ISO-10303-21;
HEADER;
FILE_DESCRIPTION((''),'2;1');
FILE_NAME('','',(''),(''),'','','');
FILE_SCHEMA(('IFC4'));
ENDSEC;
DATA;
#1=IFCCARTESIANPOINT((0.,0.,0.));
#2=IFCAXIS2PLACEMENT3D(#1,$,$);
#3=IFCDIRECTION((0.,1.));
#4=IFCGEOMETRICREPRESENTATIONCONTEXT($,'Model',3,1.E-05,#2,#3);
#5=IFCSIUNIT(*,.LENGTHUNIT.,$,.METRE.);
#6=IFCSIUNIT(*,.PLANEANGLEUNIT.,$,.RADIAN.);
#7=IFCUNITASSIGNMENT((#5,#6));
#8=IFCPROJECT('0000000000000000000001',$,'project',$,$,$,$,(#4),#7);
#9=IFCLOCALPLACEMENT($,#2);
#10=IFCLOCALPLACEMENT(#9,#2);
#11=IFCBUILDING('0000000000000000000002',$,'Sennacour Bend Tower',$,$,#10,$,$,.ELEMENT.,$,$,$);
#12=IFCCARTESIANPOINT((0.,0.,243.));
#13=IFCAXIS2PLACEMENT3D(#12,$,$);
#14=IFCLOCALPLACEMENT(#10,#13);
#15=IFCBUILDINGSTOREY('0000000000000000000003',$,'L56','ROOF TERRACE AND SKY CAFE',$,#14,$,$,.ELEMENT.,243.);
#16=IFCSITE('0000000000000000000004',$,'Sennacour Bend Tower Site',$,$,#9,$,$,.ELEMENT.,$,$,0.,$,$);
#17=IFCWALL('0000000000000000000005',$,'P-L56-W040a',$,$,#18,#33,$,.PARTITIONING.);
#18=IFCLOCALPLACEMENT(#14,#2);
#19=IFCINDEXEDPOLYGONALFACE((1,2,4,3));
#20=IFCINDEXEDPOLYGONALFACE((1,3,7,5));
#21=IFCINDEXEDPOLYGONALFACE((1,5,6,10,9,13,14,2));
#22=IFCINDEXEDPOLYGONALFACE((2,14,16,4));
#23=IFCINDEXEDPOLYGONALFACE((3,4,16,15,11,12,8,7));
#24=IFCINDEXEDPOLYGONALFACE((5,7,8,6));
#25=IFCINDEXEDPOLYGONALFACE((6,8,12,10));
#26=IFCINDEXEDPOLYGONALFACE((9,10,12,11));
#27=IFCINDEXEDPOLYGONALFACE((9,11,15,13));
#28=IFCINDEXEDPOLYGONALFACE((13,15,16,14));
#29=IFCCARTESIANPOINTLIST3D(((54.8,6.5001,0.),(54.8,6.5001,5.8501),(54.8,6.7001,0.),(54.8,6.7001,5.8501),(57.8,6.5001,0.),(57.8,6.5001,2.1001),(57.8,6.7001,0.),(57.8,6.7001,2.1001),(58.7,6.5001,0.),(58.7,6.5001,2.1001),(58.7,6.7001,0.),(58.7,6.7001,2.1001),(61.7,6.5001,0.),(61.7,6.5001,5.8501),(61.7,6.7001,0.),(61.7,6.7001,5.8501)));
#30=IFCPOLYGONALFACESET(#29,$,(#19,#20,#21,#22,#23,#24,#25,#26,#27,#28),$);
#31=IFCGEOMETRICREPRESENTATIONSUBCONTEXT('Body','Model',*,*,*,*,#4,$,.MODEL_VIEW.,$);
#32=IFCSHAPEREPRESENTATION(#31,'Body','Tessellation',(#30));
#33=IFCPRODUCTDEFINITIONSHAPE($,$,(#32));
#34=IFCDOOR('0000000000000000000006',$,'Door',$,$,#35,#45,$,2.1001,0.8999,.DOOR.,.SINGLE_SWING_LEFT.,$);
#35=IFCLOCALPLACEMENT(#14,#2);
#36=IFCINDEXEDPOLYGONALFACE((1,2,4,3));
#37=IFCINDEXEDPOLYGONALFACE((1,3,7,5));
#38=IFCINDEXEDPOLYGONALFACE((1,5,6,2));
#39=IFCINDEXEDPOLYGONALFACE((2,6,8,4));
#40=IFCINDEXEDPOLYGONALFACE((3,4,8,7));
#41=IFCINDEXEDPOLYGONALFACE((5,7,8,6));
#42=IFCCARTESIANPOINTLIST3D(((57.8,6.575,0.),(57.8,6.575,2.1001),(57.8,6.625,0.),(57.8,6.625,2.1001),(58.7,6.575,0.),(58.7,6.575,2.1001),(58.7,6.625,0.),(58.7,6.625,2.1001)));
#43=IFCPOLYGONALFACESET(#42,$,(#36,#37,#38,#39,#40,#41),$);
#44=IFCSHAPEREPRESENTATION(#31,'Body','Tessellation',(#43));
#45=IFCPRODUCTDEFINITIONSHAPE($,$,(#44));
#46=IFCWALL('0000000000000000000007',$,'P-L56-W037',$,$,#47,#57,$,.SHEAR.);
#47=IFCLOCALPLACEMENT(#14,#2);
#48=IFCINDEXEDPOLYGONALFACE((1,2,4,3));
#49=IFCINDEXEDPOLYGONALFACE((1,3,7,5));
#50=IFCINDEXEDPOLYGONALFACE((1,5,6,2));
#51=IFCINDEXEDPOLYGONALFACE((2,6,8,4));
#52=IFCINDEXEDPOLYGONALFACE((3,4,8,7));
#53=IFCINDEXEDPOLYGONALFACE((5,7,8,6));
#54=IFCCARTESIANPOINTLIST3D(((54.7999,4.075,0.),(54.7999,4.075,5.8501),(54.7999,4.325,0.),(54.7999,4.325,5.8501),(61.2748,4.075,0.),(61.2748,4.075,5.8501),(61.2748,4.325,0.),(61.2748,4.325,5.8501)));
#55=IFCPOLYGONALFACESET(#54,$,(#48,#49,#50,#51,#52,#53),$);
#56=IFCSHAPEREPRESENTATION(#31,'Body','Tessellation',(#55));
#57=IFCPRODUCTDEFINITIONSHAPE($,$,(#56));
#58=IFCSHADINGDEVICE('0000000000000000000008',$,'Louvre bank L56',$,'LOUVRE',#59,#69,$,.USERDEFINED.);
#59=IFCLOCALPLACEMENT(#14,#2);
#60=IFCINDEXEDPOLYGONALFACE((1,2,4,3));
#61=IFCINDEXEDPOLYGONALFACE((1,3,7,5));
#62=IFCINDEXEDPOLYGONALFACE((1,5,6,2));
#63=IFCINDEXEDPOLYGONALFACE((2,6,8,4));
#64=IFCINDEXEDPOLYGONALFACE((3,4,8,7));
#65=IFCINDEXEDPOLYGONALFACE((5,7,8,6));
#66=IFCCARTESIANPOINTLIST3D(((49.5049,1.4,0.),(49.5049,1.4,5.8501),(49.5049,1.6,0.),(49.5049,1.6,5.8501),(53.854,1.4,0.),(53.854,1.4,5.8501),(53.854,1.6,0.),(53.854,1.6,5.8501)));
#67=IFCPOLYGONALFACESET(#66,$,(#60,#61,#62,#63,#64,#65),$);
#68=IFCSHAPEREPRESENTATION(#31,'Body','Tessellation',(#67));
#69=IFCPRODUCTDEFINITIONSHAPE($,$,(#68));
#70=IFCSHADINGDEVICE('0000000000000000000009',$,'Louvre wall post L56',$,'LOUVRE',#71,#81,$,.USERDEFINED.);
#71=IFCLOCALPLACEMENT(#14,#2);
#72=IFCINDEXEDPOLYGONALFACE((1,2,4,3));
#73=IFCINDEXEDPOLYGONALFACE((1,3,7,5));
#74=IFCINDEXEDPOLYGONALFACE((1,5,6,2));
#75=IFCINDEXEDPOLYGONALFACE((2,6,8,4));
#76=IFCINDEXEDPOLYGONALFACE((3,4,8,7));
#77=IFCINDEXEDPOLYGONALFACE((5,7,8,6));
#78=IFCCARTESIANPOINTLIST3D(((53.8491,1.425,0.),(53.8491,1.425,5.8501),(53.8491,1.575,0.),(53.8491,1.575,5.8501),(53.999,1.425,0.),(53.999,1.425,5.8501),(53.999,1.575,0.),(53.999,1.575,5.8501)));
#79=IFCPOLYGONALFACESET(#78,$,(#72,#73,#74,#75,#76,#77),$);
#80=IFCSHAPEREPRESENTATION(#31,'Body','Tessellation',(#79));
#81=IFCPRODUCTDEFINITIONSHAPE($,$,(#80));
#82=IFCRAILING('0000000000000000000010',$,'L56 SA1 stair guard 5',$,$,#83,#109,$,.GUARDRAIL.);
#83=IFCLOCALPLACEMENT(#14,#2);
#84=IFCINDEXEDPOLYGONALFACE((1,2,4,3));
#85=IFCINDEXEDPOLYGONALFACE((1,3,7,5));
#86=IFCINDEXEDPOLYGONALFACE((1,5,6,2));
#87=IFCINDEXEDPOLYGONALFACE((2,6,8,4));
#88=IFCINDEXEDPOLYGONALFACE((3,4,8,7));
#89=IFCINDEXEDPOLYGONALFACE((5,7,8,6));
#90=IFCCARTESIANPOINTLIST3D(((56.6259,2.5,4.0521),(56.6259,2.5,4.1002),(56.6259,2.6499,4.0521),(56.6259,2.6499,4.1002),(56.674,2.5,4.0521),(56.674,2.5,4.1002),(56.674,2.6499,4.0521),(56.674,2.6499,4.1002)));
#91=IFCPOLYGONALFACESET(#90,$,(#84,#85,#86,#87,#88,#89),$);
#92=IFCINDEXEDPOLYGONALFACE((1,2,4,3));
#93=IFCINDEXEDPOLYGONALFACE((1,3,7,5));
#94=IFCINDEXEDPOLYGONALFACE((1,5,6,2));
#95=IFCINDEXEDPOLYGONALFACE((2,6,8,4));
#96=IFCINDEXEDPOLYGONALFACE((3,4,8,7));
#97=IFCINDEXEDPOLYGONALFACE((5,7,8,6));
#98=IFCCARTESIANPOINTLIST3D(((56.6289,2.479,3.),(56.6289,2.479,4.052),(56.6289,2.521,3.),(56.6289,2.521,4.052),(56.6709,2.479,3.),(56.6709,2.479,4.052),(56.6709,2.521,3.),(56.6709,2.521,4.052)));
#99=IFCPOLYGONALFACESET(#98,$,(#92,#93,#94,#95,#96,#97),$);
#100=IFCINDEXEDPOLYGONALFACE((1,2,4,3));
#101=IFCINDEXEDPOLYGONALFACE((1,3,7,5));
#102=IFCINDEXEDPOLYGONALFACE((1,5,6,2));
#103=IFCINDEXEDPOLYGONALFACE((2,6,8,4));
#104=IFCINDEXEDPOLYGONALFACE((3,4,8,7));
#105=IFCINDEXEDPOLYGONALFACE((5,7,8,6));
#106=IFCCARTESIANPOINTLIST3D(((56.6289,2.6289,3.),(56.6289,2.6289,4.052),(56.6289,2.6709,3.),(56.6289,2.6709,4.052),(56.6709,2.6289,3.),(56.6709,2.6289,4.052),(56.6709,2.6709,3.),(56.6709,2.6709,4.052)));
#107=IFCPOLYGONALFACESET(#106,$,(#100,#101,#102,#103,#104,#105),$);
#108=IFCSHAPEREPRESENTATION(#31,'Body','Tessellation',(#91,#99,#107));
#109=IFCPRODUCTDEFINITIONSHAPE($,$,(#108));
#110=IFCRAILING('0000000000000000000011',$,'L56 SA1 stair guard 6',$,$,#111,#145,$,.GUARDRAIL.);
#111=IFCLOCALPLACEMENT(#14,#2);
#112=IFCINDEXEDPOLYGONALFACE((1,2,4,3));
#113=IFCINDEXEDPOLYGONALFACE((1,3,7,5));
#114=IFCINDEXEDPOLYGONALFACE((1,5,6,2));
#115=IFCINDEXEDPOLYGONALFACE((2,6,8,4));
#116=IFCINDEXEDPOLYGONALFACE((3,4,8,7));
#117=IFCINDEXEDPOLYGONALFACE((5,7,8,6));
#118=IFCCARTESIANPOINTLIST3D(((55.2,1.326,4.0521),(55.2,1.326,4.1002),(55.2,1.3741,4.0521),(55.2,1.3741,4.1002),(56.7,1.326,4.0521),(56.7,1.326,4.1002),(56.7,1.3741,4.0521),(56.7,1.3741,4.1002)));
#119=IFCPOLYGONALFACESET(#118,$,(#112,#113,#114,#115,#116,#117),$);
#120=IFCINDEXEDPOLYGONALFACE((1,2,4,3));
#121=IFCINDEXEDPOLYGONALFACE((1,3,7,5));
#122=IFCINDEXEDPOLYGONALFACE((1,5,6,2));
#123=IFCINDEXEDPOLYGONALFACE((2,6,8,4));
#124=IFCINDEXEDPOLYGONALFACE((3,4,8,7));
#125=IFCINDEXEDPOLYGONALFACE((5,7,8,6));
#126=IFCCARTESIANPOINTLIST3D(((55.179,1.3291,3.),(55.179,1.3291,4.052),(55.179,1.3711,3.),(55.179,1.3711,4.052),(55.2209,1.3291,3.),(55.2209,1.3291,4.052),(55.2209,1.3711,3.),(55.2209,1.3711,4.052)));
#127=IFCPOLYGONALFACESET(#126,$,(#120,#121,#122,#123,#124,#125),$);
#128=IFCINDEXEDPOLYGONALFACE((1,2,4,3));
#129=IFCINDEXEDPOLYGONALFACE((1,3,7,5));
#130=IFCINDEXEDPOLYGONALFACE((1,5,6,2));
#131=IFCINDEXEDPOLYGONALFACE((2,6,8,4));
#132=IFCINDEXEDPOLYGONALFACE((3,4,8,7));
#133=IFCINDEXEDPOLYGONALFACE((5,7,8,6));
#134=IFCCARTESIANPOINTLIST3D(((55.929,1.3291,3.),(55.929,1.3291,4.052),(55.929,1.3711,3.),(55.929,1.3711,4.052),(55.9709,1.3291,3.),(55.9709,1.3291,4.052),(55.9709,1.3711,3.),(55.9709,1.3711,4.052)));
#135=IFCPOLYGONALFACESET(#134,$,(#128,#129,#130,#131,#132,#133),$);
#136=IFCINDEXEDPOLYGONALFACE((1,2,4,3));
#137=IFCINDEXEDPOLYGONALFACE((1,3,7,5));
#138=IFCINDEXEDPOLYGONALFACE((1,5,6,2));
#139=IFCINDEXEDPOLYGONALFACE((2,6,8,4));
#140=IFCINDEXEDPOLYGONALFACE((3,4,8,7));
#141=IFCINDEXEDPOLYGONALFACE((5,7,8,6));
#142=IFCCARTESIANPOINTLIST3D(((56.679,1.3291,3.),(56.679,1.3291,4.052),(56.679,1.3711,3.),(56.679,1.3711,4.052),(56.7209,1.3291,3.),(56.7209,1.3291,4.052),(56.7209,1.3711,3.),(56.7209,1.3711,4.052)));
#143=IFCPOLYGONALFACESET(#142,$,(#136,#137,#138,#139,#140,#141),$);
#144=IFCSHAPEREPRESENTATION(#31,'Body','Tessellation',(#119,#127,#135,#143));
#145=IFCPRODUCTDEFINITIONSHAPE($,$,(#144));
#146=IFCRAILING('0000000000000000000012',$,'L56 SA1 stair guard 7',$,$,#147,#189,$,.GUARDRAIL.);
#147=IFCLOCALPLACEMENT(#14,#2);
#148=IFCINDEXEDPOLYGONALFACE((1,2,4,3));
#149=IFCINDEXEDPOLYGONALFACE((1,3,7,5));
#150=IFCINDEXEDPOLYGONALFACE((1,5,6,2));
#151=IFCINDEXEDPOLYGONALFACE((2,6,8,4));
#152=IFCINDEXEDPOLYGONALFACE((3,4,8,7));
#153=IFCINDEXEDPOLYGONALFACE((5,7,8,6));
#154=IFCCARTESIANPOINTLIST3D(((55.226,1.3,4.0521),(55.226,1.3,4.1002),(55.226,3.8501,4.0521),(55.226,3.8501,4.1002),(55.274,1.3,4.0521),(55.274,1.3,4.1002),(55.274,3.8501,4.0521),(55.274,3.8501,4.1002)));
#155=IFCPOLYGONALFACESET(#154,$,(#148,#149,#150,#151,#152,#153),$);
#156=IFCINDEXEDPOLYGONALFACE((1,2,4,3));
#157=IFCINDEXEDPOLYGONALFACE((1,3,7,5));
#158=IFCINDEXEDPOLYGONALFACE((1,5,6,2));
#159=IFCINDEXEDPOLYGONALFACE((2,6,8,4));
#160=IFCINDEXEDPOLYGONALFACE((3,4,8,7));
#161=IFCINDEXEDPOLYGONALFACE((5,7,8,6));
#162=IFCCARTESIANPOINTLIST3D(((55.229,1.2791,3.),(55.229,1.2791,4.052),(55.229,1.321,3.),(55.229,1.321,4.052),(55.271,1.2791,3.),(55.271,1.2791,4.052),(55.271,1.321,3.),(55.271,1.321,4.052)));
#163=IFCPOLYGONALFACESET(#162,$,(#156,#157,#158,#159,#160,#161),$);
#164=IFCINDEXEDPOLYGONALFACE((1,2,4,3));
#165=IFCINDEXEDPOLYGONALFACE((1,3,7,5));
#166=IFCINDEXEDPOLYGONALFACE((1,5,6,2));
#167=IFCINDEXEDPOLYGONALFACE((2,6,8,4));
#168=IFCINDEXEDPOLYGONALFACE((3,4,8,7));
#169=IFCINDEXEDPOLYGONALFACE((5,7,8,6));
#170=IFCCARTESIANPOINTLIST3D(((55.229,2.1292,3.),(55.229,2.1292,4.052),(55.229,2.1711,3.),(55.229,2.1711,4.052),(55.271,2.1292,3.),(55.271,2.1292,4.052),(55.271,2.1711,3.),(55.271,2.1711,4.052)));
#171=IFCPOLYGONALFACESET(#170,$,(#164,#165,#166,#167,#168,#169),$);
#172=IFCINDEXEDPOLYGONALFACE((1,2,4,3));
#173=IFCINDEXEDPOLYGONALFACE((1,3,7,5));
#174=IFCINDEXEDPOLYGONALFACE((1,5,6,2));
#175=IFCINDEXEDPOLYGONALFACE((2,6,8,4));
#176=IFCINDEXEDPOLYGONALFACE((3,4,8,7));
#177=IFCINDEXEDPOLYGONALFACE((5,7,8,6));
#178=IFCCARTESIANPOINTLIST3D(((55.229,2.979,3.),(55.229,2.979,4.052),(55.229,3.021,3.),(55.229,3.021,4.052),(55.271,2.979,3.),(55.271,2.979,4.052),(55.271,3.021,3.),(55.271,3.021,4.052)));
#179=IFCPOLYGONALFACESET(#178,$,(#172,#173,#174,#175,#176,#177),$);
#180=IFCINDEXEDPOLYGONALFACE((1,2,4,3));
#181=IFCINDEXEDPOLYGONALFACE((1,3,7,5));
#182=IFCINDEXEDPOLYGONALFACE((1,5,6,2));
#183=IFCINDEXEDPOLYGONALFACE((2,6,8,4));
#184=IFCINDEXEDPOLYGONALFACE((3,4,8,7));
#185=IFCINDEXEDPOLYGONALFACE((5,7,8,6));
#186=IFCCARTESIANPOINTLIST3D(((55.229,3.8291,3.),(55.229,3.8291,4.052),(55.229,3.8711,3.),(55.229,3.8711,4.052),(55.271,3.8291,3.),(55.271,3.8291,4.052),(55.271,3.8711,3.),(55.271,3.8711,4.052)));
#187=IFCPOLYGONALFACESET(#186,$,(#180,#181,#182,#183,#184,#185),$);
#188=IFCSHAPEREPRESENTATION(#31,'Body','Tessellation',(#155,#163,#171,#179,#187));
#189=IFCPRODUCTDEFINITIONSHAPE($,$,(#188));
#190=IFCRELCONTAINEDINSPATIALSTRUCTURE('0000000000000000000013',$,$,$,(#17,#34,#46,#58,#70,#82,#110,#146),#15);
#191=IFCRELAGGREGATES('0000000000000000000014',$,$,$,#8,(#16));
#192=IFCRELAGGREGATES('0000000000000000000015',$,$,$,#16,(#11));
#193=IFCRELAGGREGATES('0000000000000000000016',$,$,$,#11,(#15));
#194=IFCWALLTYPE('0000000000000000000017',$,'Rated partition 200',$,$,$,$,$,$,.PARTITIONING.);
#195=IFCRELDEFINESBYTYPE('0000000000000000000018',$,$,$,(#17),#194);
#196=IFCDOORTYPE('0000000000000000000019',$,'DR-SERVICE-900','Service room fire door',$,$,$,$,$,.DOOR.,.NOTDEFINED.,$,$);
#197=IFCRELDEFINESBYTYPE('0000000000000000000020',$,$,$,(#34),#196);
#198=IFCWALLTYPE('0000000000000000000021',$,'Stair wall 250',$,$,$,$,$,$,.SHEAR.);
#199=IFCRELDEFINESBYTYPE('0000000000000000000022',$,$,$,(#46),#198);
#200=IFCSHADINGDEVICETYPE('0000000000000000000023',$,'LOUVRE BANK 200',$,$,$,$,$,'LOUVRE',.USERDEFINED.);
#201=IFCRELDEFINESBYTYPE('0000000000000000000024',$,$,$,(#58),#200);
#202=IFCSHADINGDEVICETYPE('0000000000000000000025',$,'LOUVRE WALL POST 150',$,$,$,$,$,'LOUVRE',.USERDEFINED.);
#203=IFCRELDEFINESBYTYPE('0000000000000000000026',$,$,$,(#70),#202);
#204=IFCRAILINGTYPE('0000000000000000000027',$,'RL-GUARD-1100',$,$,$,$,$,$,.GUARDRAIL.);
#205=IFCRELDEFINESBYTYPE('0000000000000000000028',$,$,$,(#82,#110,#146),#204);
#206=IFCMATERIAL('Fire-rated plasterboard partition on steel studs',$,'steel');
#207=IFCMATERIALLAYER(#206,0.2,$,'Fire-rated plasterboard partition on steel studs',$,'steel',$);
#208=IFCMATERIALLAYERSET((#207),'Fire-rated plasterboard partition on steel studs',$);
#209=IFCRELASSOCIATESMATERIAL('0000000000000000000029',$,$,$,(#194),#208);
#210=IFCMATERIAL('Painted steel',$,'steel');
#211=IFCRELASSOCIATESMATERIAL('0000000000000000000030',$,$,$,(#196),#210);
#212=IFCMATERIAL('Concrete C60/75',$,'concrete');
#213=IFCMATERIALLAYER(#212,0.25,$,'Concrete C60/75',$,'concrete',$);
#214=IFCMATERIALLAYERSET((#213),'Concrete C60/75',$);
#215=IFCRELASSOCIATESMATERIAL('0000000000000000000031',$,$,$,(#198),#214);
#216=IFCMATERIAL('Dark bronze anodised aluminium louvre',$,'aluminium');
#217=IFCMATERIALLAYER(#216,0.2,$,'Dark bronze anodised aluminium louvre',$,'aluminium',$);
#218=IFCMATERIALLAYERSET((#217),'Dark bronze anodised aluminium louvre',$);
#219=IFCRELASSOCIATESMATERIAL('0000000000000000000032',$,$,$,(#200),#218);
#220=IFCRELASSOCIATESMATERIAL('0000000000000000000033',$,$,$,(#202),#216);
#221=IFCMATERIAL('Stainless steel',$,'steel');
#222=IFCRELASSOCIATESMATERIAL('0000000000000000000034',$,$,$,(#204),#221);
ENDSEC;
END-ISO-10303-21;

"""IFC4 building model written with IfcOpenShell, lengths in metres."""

from ifc_helpers import new_model, si_unit, direction, frame, frame_2d, origin, origin_2d, place, context, subcontext, project, spatial, rectangle, extrude, material, layer, layer_set, type_object, element, fill, save


model = new_model("IFC4")

# Units and contexts
model_context = context("Model", 3, precision=1e-05, world=origin(), true_north=direction((0.0, 1.0)))
body_context = subcontext(model_context, "Body", "Model", "MODEL_VIEW")
ifc_project = project(units=[si_unit("LENGTHUNIT", "METRE"), si_unit("PLANEANGLEUNIT", "RADIAN")], contexts=[model_context])

# Site, building, storey
site_placement = place(None, origin())
site = spatial("IfcSite", under=ifc_project, at=site_placement, Name="Sennacour Bend Tower Site", CompositionType="ELEMENT", RefElevation=0.0)
building_placement = place(site_placement, origin())
building = spatial("IfcBuilding", under=site, at=building_placement, Name="Sennacour Bend Tower", CompositionType="ELEMENT")
storey_placement = place(building_placement, frame((0.0, 0.0, 243.0)))
storey = spatial("IfcBuildingStorey", under=building, at=storey_placement, Name="L56", Description="ROOF TERRACE AND SKY CAFE", CompositionType="ELEMENT", Elevation=243.0)

# Wall, opening, door
ifc_material_1 = material(Name="Fire-rated plasterboard partition on steel studs", Category="steel")
ifc_layer_1 = layer(ifc_material_1, 0.2, Name="Fire-rated plasterboard partition on steel studs", Category="steel")
ifc_layer_set_1 = layer_set([ifc_layer_1], Name="Fire-rated plasterboard partition on steel studs")
wall_type_1 = type_object("IfcWallType", Name="Rated partition 200", PredefinedType="PARTITIONING", material=ifc_layer_set_1)
wall_1_placement = place(storey_placement, frame((54.8, 6.6001, 0.0), z_axis=(0.0, 0.0, 1.0), x_axis=(1.0, 0.0, 0.0)))
wall_1 = element("IfcWall", 1, at=wall_1_placement, inside=storey, type_object=wall_type_1, Name="P-L56-W040a", PredefinedType="PARTITIONING", context=body_context, shape_type="SweptSolid", body=[
    extrude(rectangle(XDim=6.8999, YDim=0.2, at=frame_2d((3.45, 0.0))), origin(), (0.0, 0.0, 1.0), 5.8501),
])
opening_placement = place(wall_1_placement, frame((3.0, 0.0, 0.0)))
opening = element("IfcOpeningElement", 2, at=opening_placement, cuts=wall_1, PredefinedType="OPENING", context=body_context, shape_type="SweptSolid", body=[
    extrude(rectangle(XDim=0.8999, YDim=2.1001, at=frame_2d((0.45, 1.05))), frame((0.0, 0.1099, 0.0), z_axis=(0.0, -1.0, 0.0), x_axis=(1.0, 0.0, 0.0)), (0.0, 0.0, 1.0), 0.22),
])
ifc_material_2 = material(Name="Painted steel", Category="steel")
door_type = type_object("IfcDoorType", Name="DR-SERVICE-900", Description="Service room fire door", OperationType="NOTDEFINED", PredefinedType="DOOR", material=ifc_material_2)
door_placement = place(opening_placement, origin())
door = element("IfcDoor", 3, at=door_placement, inside=storey, type_object=door_type, Name="Door", OperationType="SINGLE_SWING_LEFT", OverallHeight=2.1001, OverallWidth=0.8999, PredefinedType="DOOR", context=body_context, shape_type="SweptSolid", body=[
    extrude(rectangle(XDim=0.8999, YDim=2.1001, at=frame_2d((0.45, 1.05))), frame((0.0, 0.0249, 0.0), z_axis=(0.0, -1.0, 0.0), x_axis=(1.0, 0.0, 0.0)), (0.0, 0.0, 1.0), 0.05),
])
fill(opening, door)

# Wall
ifc_material_3 = material(Name="Concrete C60/75", Category="concrete")
ifc_layer_2 = layer(ifc_material_3, 0.25, Name="Concrete C60/75", Category="concrete")
ifc_layer_set_2 = layer_set([ifc_layer_2], Name="Concrete C60/75")
wall_type_2 = type_object("IfcWallType", Name="Stair wall 250", PredefinedType="SHEAR", material=ifc_layer_set_2)
wall_2_placement = place(storey_placement, frame((54.8, 4.2, 0.0), z_axis=(0.0, 0.0, 1.0), x_axis=(1.0, 0.0, 0.0)))
element("IfcWall", 4, at=wall_2_placement, inside=storey, type_object=wall_type_2, Name="P-L56-W037", PredefinedType="SHEAR", context=body_context, shape_type="SweptSolid", body=[
    extrude(rectangle(XDim=6.4749, YDim=0.25, at=frame_2d((3.2373, 0.0))), origin(), (0.0, 0.0, 1.0), 5.8501),
])

# Shading devices
ifc_material_4 = material(Name="Dark bronze anodised aluminium louvre", Category="aluminium")
ifc_layer_3 = layer(ifc_material_4, 0.2, Name="Dark bronze anodised aluminium louvre", Category="aluminium")
ifc_layer_set_3 = layer_set([ifc_layer_3], Name="Dark bronze anodised aluminium louvre")
shading_device_type_1 = type_object("IfcShadingDeviceType", Name="LOUVRE BANK 200", ElementType="LOUVRE", PredefinedType="USERDEFINED", material=ifc_layer_set_3)
shading_device_1_placement = place(storey_placement, frame((51.6794, 1.5, 0.0), z_axis=(0.0, 0.0, 1.0), x_axis=(-1.0, 0.0, 0.0)))
element("IfcShadingDevice", 5, at=shading_device_1_placement, inside=storey, type_object=shading_device_type_1, Name="Louvre bank L56", ObjectType="LOUVRE", PredefinedType="USERDEFINED", context=body_context, shape_type="SweptSolid", body=[
    extrude(rectangle(XDim=4.3491, YDim=0.2, at=origin_2d()), origin(), (0.0, 0.0, 1.0), 5.8501),
])
shading_device_type_2 = type_object("IfcShadingDeviceType", Name="LOUVRE WALL POST 150", ElementType="LOUVRE", PredefinedType="USERDEFINED", material=ifc_material_4)
shading_device_2_placement = place(storey_placement, frame((53.9241, 1.5, 0.0), z_axis=(0.0, 0.0, 1.0), x_axis=(1.0, 0.0, 0.0)))
element("IfcShadingDevice", 6, at=shading_device_2_placement, inside=storey, type_object=shading_device_type_2, Name="Louvre wall post L56", ObjectType="LOUVRE", PredefinedType="USERDEFINED", context=body_context, shape_type="SweptSolid", body=[
    extrude(rectangle(XDim=0.1499, YDim=0.1499, at=origin_2d()), origin(), (0.0, 0.0, 1.0), 5.8501),
])

# Railings
ifc_material_5 = material(Name="Stainless steel", Category="steel")
railing_type = type_object("IfcRailingType", Name="RL-GUARD-1100", PredefinedType="GUARDRAIL", material=ifc_material_5)
railing_1_placement = place(storey_placement, frame((56.6499, 2.5, 3.0)))
element("IfcRailing", 7, at=railing_1_placement, inside=storey, type_object=railing_type, Name="L56 SA1 stair guard 5", PredefinedType="GUARDRAIL", context=body_context, shape_type="SweptSolid", body=[
    extrude(rectangle(XDim=0.0481, YDim=0.0481, at=origin_2d()), frame((0.0, 0.0, 1.0762), z_axis=(0.0, 1.0, 0.0), x_axis=(-1.0, 0.0, 0.0)), (0.0, 0.0, 1.0), 0.1499),
    extrude(rectangle(XDim=0.042, YDim=0.042, at=origin_2d()), origin(), (0.0, 0.0, 1.0), 1.052),
    extrude(rectangle(XDim=0.042, YDim=0.042, at=origin_2d()), frame((0.0, 0.1499, 0.0)), (0.0, 0.0, 1.0), 1.052),
])
railing_2_placement = place(storey_placement, frame((55.2, 1.3501, 3.0)))
element("IfcRailing", 8, at=railing_2_placement, inside=storey, type_object=railing_type, Name="L56 SA1 stair guard 6", PredefinedType="GUARDRAIL", context=body_context, shape_type="SweptSolid", body=[
    extrude(rectangle(XDim=0.0481, YDim=0.0481, at=origin_2d()), frame((0.0, 0.0, 1.0762), z_axis=(1.0, 0.0, 0.0), x_axis=(0.0, 1.0, 0.0)), (0.0, 0.0, 1.0), 1.5),
    extrude(rectangle(XDim=0.042, YDim=0.042, at=origin_2d()), origin(), (0.0, 0.0, 1.0), 1.052),
    extrude(rectangle(XDim=0.042, YDim=0.042, at=origin_2d()), frame((0.75, 0.0, 0.0)), (0.0, 0.0, 1.0), 1.052),
    extrude(rectangle(XDim=0.042, YDim=0.042, at=origin_2d()), frame((1.5, 0.0, 0.0)), (0.0, 0.0, 1.0), 1.052),
])
railing_3_placement = place(storey_placement, frame((55.25, 1.3, 3.0)))
element("IfcRailing", 9, at=railing_3_placement, inside=storey, type_object=railing_type, Name="L56 SA1 stair guard 7", PredefinedType="GUARDRAIL", context=body_context, shape_type="SweptSolid", body=[
    extrude(rectangle(XDim=0.0481, YDim=0.0481, at=origin_2d()), frame((0.0, 0.0, 1.0762), z_axis=(0.0, 1.0, 0.0), x_axis=(-1.0, 0.0, 0.0)), (0.0, 0.0, 1.0), 2.55),
    extrude(rectangle(XDim=0.042, YDim=0.042, at=origin_2d()), origin(), (0.0, 0.0, 1.0), 1.052),
    extrude(rectangle(XDim=0.042, YDim=0.042, at=origin_2d()), frame((0.0, 0.8501, 0.0)), (0.0, 0.0, 1.0), 1.052),
    extrude(rectangle(XDim=0.042, YDim=0.042, at=origin_2d()), frame((0.0, 1.7, 0.0)), (0.0, 0.0, 1.0), 1.052),
    extrude(rectangle(XDim=0.042, YDim=0.042, at=origin_2d()), frame((0.0, 2.55, 0.0)), (0.0, 0.0, 1.0), 1.052),
])

save(model, "model.ifc")
